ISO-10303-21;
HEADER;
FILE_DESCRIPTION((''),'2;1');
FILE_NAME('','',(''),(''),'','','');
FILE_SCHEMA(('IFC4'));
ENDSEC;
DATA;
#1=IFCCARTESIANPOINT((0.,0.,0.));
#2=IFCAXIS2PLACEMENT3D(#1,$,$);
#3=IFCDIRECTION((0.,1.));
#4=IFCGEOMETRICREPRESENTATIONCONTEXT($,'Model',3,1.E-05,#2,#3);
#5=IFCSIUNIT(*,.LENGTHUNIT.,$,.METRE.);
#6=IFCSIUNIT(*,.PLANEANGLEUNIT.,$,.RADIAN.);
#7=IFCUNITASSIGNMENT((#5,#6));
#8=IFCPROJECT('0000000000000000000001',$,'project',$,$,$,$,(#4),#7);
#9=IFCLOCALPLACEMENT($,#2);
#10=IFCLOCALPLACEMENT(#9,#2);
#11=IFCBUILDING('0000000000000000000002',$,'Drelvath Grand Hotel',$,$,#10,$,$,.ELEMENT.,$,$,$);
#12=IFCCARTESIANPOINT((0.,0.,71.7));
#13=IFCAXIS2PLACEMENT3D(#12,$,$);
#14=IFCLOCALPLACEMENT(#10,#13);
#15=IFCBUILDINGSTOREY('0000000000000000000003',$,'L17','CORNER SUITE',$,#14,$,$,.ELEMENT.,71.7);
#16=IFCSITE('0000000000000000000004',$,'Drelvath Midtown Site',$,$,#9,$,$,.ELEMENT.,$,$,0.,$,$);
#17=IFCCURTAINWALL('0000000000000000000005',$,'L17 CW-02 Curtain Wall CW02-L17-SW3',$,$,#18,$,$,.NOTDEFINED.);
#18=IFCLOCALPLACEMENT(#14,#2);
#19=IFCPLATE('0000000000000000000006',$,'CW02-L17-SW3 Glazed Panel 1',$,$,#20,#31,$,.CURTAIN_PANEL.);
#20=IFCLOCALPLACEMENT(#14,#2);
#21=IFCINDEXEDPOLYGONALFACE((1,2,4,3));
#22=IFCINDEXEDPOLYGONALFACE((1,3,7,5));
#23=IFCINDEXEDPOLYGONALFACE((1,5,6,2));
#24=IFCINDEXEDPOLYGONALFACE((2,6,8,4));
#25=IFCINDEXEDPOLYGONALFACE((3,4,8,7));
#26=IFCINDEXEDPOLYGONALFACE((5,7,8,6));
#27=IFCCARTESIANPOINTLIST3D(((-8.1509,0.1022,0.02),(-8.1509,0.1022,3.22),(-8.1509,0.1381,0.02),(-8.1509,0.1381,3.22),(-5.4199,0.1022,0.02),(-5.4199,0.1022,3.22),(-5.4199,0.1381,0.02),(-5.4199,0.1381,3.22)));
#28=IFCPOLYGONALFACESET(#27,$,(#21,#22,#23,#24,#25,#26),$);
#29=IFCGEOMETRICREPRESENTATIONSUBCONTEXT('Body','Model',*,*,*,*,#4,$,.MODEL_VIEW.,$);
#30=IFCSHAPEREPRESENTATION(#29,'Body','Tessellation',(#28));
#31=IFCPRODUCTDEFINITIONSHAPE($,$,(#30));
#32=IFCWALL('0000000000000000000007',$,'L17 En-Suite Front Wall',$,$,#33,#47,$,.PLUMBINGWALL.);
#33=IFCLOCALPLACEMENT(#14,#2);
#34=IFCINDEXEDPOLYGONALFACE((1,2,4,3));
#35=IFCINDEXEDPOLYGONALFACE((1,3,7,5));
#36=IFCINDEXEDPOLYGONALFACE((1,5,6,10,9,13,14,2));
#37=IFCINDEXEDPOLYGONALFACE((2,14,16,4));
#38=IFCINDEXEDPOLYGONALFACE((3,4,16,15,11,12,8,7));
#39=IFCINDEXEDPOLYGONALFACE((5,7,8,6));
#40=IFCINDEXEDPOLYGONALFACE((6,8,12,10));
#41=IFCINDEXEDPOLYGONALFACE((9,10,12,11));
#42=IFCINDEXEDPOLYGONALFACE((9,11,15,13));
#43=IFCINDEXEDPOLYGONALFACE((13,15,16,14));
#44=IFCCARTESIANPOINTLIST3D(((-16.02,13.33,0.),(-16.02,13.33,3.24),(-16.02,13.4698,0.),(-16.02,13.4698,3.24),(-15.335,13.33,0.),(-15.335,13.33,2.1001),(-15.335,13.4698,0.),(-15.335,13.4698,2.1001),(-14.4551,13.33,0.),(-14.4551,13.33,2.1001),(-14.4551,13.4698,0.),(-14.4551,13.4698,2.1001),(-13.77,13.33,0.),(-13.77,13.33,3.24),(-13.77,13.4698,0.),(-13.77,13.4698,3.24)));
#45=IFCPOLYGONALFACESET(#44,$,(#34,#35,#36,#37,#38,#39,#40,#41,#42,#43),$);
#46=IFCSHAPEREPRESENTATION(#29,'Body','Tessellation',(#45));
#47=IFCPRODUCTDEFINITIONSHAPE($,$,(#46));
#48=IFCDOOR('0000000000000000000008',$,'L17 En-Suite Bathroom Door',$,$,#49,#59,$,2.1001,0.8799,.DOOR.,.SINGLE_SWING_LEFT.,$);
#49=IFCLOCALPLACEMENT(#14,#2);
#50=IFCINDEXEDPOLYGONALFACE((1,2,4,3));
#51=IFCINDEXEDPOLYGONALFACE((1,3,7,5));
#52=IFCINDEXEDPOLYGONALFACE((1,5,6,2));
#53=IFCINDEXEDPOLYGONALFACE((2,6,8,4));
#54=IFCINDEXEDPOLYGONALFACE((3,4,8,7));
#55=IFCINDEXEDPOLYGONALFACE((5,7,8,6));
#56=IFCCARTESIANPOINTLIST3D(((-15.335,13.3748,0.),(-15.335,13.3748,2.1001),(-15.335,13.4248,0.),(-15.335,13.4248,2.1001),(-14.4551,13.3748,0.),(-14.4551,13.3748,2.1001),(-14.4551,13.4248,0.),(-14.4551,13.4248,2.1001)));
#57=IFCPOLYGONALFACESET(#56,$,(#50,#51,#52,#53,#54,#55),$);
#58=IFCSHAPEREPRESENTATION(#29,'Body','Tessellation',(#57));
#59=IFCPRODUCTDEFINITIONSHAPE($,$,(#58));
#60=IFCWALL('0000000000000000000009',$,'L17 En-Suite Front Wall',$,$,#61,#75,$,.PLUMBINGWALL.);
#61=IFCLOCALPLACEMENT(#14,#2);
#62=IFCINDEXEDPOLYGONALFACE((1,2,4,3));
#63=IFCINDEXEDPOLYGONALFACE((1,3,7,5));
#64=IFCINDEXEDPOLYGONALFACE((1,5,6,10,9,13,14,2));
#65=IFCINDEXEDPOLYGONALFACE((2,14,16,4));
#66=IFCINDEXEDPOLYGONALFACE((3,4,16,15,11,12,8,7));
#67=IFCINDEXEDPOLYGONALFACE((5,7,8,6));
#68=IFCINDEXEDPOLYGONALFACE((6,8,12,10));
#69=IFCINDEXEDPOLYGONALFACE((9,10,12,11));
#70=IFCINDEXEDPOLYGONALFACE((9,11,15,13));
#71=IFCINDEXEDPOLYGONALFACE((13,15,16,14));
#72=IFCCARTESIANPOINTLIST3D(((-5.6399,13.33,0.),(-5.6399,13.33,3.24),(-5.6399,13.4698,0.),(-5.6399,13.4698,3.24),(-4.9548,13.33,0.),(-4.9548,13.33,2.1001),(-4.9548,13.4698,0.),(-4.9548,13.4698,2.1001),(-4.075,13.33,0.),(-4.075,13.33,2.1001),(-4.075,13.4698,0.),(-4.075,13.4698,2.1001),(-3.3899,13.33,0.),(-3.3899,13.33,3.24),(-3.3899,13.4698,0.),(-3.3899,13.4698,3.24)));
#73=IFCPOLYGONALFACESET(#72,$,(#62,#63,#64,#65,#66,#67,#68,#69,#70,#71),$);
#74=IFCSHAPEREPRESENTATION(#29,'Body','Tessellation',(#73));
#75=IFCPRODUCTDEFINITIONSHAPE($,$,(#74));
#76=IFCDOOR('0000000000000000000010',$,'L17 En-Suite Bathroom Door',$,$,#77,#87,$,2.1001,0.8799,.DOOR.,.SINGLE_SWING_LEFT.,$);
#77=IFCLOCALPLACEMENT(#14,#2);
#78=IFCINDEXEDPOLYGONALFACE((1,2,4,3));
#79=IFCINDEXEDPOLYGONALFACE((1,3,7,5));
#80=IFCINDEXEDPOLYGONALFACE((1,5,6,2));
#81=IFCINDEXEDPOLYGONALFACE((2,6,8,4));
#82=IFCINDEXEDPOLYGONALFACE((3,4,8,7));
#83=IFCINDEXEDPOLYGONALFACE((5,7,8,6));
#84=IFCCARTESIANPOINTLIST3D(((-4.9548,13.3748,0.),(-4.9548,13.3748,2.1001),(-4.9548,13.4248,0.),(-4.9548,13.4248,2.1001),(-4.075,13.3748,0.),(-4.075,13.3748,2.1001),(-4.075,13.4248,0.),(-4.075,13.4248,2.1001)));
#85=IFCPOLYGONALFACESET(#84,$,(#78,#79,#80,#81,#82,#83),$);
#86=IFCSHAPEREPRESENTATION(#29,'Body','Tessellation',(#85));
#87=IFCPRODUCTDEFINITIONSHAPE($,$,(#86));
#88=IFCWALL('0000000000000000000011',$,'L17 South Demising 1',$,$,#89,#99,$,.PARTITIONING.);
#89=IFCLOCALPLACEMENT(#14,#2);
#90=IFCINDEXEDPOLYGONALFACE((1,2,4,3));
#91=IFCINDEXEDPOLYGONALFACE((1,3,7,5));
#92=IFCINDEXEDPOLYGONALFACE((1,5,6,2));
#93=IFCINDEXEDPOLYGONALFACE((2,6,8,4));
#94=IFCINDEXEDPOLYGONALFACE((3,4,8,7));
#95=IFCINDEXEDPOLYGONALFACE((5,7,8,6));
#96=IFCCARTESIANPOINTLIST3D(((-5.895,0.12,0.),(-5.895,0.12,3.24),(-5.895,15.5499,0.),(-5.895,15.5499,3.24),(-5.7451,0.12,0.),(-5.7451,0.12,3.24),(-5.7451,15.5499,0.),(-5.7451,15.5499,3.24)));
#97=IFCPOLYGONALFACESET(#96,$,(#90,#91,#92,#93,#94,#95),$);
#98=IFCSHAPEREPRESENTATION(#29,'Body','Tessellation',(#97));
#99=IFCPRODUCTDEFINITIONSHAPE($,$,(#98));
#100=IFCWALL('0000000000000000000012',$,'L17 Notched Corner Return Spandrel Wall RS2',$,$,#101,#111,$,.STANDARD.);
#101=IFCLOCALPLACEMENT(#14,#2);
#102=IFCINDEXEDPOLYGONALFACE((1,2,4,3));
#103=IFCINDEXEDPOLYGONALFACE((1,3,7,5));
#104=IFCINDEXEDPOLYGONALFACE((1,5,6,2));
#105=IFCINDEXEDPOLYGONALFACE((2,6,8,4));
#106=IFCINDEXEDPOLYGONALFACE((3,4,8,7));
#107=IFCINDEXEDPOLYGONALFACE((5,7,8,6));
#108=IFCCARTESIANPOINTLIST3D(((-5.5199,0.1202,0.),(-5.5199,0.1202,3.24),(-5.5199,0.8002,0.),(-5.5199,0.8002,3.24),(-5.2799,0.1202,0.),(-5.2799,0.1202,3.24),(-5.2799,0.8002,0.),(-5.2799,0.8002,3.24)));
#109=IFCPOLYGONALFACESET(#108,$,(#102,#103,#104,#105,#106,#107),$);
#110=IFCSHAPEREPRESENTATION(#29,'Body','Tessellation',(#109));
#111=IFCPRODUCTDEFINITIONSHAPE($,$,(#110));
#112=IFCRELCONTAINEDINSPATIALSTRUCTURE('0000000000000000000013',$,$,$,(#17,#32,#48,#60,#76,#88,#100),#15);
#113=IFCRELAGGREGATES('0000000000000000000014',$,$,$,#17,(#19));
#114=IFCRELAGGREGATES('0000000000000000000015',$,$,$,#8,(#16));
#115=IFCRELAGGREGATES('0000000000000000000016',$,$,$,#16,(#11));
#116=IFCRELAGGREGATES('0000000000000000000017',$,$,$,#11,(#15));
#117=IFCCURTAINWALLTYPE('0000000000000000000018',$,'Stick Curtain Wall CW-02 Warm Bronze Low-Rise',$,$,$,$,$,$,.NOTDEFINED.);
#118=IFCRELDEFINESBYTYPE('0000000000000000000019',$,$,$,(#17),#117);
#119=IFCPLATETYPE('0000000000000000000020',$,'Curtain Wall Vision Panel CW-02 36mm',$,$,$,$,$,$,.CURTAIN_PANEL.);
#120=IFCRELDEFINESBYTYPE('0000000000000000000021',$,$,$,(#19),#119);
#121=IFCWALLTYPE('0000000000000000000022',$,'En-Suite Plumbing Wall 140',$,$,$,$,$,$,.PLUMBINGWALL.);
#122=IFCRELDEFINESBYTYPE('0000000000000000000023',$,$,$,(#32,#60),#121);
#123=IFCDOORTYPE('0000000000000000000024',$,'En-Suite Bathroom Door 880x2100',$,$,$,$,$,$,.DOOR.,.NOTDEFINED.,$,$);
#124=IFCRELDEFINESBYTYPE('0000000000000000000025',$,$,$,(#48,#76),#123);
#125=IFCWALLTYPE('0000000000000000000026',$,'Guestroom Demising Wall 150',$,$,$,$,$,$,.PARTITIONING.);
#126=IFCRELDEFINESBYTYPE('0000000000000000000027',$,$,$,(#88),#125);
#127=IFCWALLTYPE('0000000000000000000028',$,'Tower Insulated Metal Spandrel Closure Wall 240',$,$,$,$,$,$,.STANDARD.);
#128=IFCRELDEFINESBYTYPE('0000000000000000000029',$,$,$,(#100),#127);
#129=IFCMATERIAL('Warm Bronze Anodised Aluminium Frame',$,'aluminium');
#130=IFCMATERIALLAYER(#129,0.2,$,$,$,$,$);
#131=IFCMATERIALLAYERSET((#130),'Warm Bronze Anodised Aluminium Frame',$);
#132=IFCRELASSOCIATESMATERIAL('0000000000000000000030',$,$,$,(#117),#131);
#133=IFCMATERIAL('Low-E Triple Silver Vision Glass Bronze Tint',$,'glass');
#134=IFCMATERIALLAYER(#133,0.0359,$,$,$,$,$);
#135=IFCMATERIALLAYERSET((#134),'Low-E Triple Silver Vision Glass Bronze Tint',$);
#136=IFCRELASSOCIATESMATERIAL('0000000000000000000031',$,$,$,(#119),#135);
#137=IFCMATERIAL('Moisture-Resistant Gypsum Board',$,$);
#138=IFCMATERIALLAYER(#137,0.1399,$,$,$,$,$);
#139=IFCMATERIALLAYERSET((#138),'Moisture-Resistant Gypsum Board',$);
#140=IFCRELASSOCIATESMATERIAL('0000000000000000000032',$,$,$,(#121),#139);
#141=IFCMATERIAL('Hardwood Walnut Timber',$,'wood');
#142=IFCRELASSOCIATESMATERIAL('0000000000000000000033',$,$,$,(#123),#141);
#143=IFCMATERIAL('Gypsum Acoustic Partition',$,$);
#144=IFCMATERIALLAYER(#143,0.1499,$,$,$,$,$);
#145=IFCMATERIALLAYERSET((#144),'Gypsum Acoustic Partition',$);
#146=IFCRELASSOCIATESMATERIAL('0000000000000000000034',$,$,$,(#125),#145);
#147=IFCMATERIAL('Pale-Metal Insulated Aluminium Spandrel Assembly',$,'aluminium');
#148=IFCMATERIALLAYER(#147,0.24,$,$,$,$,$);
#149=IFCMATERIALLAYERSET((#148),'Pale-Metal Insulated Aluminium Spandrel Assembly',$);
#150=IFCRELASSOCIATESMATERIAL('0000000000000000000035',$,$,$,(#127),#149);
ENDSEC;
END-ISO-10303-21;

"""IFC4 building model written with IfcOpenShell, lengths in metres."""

from ifc_helpers import new_model, si_unit, direction, frame, frame_2d, origin, origin_2d, place, context, subcontext, project, spatial, rectangle, extrude, material, layer, layer_set, type_object, element, fill, aggregate, save


model = new_model("IFC4")

# Units and contexts
model_context = context("Model", 3, precision=1e-05, world=origin(), true_north=direction((0.0, 1.0)))
body_context = subcontext(model_context, "Body", "Model", "MODEL_VIEW")
ifc_project = project(units=[si_unit("LENGTHUNIT", "METRE"), si_unit("PLANEANGLEUNIT", "RADIAN")], contexts=[model_context])

# Site, building, storey
site_placement = place(None, origin())
site = spatial("IfcSite", under=ifc_project, at=site_placement, Name="Drelvath Midtown Site", CompositionType="ELEMENT", RefElevation=0.0)
building_placement = place(site_placement, origin())
building = spatial("IfcBuilding", under=site, at=building_placement, Name="Drelvath Grand Hotel", CompositionType="ELEMENT")
storey_placement = place(building_placement, frame((0.0, 0.0, 71.7)))
storey = spatial("IfcBuildingStorey", under=building, at=storey_placement, Name="L17", Description="CORNER SUITE", CompositionType="ELEMENT", Elevation=71.7)

# Curtain wall
ifc_material_1 = material(Name="Warm Bronze Anodised Aluminium Frame", Category="aluminium")
ifc_layer_1 = layer(ifc_material_1, 0.2)
ifc_layer_set_1 = layer_set([ifc_layer_1], Name="Warm Bronze Anodised Aluminium Frame")
curtain_wall_type = type_object("IfcCurtainWallType", Name="Stick Curtain Wall CW-02 Warm Bronze Low-Rise", PredefinedType="NOTDEFINED", material=ifc_layer_set_1)
curtain_wall_1_placement = place(storey_placement, origin())
curtain_wall_1 = element("IfcCurtainWall", 1, at=curtain_wall_1_placement, inside=storey, type_object=curtain_wall_type, Name="L17 CW-02 Curtain Wall CW02-L17-SW3", PredefinedType="NOTDEFINED")

# Plate
ifc_material_2 = material(Name="Low-E Triple Silver Vision Glass Bronze Tint", Category="glass")
ifc_layer_2 = layer(ifc_material_2, 0.0359)
ifc_layer_set_2 = layer_set([ifc_layer_2], Name="Low-E Triple Silver Vision Glass Bronze Tint")
plate_type = type_object("IfcPlateType", Name="Curtain Wall Vision Panel CW-02 36mm", PredefinedType="CURTAIN_PANEL", material=ifc_layer_set_2)
plate_1_placement = place(storey_placement, frame((-6.7854, 0.1201, 0.02), z_axis=(0.0, 0.0, 1.0), x_axis=(-1.0, 0.0, 0.0)))
plate_1 = element("IfcPlate", 2, at=plate_1_placement, type_object=plate_type, Name="CW02-L17-SW3 Glazed Panel 1", PredefinedType="CURTAIN_PANEL", context=body_context, shape_type="SweptSolid", body=[
    extrude(rectangle(XDim=2.731, YDim=0.0359, at=origin_2d()), origin(), (0.0, 0.0, 1.0), 3.2),
])
aggregate(curtain_wall_1, [plate_1])

# Walls, openings, doors
ifc_material_3 = material(Name="Moisture-Resistant Gypsum Board")
ifc_layer_3 = layer(ifc_material_3, 0.1399)
ifc_layer_set_3 = layer_set([ifc_layer_3], Name="Moisture-Resistant Gypsum Board")
wall_type_1 = type_object("IfcWallType", Name="En-Suite Plumbing Wall 140", PredefinedType="PLUMBINGWALL", material=ifc_layer_set_3)
wall_1_placement = place(storey_placement, frame((-16.02, 13.3999, 0.0), z_axis=(0.0, 0.0, 1.0), x_axis=(1.0, 0.0, 0.0)))
wall_1 = element("IfcWall", 3, at=wall_1_placement, inside=storey, type_object=wall_type_1, Name="L17 En-Suite Front Wall", PredefinedType="PLUMBINGWALL", context=body_context, shape_type="SweptSolid", body=[
    extrude(rectangle(XDim=2.25, YDim=0.1399, at=frame_2d((1.125, 0.0))), origin(), (0.0, 0.0, 1.0), 3.24),
])
opening_1_placement = place(wall_1_placement, frame((0.6851, 0.0, 0.0)))
opening_1 = element("IfcOpeningElement", 4, at=opening_1_placement, cuts=wall_1, PredefinedType="OPENING", context=body_context, shape_type="SweptSolid", body=[
    extrude(rectangle(XDim=0.8799, YDim=2.1001, at=frame_2d((0.4399, 1.05))), frame((0.0, 0.0798, 0.0), z_axis=(0.0, -1.0, 0.0), x_axis=(1.0, 0.0, 0.0)), (0.0, 0.0, 1.0), 0.1599),
])
ifc_material_4 = material(Name="Hardwood Walnut Timber", Category="wood")
door_type = type_object("IfcDoorType", Name="En-Suite Bathroom Door 880x2100", OperationType="NOTDEFINED", PredefinedType="DOOR", material=ifc_material_4)
door_1_placement = place(opening_1_placement, origin())
door_1 = element("IfcDoor", 5, at=door_1_placement, inside=storey, type_object=door_type, Name="L17 En-Suite Bathroom Door", OperationType="SINGLE_SWING_LEFT", OverallHeight=2.1001, OverallWidth=0.8799, PredefinedType="DOOR", context=body_context, shape_type="SweptSolid", body=[
    extrude(rectangle(XDim=0.8799, YDim=2.1001, at=frame_2d((0.4399, 1.05))), frame((0.0, 0.0249, 0.0), z_axis=(0.0, -1.0, 0.0), x_axis=(1.0, 0.0, 0.0)), (0.0, 0.0, 1.0), 0.05),
])
fill(opening_1, door_1)
wall_2_placement = place(storey_placement, frame((-5.6399, 13.3999, 0.0), z_axis=(0.0, 0.0, 1.0), x_axis=(1.0, 0.0, 0.0)))
wall_2 = element("IfcWall", 6, at=wall_2_placement, inside=storey, type_object=wall_type_1, Name="L17 En-Suite Front Wall", PredefinedType="PLUMBINGWALL", context=body_context, shape_type="SweptSolid", body=[
    extrude(rectangle(XDim=2.25, YDim=0.1399, at=frame_2d((1.125, 0.0))), origin(), (0.0, 0.0, 1.0), 3.24),
])
opening_2_placement = place(wall_2_placement, frame((0.6851, 0.0, 0.0)))
opening_2 = element("IfcOpeningElement", 7, at=opening_2_placement, cuts=wall_2, PredefinedType="OPENING", context=body_context, shape_type="SweptSolid", body=[
    extrude(rectangle(XDim=0.8799, YDim=2.1001, at=frame_2d((0.4399, 1.05))), frame((0.0, 0.0798, 0.0), z_axis=(0.0, -1.0, 0.0), x_axis=(1.0, 0.0, 0.0)), (0.0, 0.0, 1.0), 0.1599),
])
door_2_placement = place(opening_2_placement, origin())
door_2 = element("IfcDoor", 8, at=door_2_placement, inside=storey, type_object=door_type, Name="L17 En-Suite Bathroom Door", OperationType="SINGLE_SWING_LEFT", OverallHeight=2.1001, OverallWidth=0.8799, PredefinedType="DOOR", context=body_context, shape_type="SweptSolid", body=[
    extrude(rectangle(XDim=0.8799, YDim=2.1001, at=frame_2d((0.4399, 1.05))), frame((0.0, 0.0249, 0.0), z_axis=(0.0, -1.0, 0.0), x_axis=(1.0, 0.0, 0.0)), (0.0, 0.0, 1.0), 0.05),
])
fill(opening_2, door_2)

# Walls
ifc_material_5 = material(Name="Gypsum Acoustic Partition")
ifc_layer_4 = layer(ifc_material_5, 0.1499)
ifc_layer_set_4 = layer_set([ifc_layer_4], Name="Gypsum Acoustic Partition")
wall_type_2 = type_object("IfcWallType", Name="Guestroom Demising Wall 150", PredefinedType="PARTITIONING", material=ifc_layer_set_4)
wall_3_placement = place(storey_placement, frame((-5.8201, 0.1201, 0.0), z_axis=(0.0, 0.0, 1.0), x_axis=(0.0, 1.0, 0.0)))
element("IfcWall", 9, at=wall_3_placement, inside=storey, type_object=wall_type_2, Name="L17 South Demising 1", PredefinedType="PARTITIONING", context=body_context, shape_type="SweptSolid", body=[
    extrude(rectangle(XDim=15.4299, YDim=0.1499, at=frame_2d((7.7148, 0.0))), origin(), (0.0, 0.0, 1.0), 3.24),
])
ifc_material_6 = material(Name="Pale-Metal Insulated Aluminium Spandrel Assembly", Category="aluminium")
ifc_layer_5 = layer(ifc_material_6, 0.24)
ifc_layer_set_5 = layer_set([ifc_layer_5], Name="Pale-Metal Insulated Aluminium Spandrel Assembly")
wall_type_3 = type_object("IfcWallType", Name="Tower Insulated Metal Spandrel Closure Wall 240", PredefinedType="STANDARD", material=ifc_layer_set_5)
wall_4_placement = place(storey_placement, frame((-5.3999, 0.8, 0.0), z_axis=(0.0, 0.0, 1.0), x_axis=(0.0, -1.0, 0.0)))
element("IfcWall", 10, at=wall_4_placement, inside=storey, type_object=wall_type_3, Name="L17 Notched Corner Return Spandrel Wall RS2", PredefinedType="STANDARD", context=body_context, shape_type="SweptSolid", body=[
    extrude(rectangle(XDim=0.6799, YDim=0.24, at=frame_2d((0.3398, 0.0))), origin(), (0.0, 0.0, 1.0), 3.24),
])

save(model, "model.ifc")
